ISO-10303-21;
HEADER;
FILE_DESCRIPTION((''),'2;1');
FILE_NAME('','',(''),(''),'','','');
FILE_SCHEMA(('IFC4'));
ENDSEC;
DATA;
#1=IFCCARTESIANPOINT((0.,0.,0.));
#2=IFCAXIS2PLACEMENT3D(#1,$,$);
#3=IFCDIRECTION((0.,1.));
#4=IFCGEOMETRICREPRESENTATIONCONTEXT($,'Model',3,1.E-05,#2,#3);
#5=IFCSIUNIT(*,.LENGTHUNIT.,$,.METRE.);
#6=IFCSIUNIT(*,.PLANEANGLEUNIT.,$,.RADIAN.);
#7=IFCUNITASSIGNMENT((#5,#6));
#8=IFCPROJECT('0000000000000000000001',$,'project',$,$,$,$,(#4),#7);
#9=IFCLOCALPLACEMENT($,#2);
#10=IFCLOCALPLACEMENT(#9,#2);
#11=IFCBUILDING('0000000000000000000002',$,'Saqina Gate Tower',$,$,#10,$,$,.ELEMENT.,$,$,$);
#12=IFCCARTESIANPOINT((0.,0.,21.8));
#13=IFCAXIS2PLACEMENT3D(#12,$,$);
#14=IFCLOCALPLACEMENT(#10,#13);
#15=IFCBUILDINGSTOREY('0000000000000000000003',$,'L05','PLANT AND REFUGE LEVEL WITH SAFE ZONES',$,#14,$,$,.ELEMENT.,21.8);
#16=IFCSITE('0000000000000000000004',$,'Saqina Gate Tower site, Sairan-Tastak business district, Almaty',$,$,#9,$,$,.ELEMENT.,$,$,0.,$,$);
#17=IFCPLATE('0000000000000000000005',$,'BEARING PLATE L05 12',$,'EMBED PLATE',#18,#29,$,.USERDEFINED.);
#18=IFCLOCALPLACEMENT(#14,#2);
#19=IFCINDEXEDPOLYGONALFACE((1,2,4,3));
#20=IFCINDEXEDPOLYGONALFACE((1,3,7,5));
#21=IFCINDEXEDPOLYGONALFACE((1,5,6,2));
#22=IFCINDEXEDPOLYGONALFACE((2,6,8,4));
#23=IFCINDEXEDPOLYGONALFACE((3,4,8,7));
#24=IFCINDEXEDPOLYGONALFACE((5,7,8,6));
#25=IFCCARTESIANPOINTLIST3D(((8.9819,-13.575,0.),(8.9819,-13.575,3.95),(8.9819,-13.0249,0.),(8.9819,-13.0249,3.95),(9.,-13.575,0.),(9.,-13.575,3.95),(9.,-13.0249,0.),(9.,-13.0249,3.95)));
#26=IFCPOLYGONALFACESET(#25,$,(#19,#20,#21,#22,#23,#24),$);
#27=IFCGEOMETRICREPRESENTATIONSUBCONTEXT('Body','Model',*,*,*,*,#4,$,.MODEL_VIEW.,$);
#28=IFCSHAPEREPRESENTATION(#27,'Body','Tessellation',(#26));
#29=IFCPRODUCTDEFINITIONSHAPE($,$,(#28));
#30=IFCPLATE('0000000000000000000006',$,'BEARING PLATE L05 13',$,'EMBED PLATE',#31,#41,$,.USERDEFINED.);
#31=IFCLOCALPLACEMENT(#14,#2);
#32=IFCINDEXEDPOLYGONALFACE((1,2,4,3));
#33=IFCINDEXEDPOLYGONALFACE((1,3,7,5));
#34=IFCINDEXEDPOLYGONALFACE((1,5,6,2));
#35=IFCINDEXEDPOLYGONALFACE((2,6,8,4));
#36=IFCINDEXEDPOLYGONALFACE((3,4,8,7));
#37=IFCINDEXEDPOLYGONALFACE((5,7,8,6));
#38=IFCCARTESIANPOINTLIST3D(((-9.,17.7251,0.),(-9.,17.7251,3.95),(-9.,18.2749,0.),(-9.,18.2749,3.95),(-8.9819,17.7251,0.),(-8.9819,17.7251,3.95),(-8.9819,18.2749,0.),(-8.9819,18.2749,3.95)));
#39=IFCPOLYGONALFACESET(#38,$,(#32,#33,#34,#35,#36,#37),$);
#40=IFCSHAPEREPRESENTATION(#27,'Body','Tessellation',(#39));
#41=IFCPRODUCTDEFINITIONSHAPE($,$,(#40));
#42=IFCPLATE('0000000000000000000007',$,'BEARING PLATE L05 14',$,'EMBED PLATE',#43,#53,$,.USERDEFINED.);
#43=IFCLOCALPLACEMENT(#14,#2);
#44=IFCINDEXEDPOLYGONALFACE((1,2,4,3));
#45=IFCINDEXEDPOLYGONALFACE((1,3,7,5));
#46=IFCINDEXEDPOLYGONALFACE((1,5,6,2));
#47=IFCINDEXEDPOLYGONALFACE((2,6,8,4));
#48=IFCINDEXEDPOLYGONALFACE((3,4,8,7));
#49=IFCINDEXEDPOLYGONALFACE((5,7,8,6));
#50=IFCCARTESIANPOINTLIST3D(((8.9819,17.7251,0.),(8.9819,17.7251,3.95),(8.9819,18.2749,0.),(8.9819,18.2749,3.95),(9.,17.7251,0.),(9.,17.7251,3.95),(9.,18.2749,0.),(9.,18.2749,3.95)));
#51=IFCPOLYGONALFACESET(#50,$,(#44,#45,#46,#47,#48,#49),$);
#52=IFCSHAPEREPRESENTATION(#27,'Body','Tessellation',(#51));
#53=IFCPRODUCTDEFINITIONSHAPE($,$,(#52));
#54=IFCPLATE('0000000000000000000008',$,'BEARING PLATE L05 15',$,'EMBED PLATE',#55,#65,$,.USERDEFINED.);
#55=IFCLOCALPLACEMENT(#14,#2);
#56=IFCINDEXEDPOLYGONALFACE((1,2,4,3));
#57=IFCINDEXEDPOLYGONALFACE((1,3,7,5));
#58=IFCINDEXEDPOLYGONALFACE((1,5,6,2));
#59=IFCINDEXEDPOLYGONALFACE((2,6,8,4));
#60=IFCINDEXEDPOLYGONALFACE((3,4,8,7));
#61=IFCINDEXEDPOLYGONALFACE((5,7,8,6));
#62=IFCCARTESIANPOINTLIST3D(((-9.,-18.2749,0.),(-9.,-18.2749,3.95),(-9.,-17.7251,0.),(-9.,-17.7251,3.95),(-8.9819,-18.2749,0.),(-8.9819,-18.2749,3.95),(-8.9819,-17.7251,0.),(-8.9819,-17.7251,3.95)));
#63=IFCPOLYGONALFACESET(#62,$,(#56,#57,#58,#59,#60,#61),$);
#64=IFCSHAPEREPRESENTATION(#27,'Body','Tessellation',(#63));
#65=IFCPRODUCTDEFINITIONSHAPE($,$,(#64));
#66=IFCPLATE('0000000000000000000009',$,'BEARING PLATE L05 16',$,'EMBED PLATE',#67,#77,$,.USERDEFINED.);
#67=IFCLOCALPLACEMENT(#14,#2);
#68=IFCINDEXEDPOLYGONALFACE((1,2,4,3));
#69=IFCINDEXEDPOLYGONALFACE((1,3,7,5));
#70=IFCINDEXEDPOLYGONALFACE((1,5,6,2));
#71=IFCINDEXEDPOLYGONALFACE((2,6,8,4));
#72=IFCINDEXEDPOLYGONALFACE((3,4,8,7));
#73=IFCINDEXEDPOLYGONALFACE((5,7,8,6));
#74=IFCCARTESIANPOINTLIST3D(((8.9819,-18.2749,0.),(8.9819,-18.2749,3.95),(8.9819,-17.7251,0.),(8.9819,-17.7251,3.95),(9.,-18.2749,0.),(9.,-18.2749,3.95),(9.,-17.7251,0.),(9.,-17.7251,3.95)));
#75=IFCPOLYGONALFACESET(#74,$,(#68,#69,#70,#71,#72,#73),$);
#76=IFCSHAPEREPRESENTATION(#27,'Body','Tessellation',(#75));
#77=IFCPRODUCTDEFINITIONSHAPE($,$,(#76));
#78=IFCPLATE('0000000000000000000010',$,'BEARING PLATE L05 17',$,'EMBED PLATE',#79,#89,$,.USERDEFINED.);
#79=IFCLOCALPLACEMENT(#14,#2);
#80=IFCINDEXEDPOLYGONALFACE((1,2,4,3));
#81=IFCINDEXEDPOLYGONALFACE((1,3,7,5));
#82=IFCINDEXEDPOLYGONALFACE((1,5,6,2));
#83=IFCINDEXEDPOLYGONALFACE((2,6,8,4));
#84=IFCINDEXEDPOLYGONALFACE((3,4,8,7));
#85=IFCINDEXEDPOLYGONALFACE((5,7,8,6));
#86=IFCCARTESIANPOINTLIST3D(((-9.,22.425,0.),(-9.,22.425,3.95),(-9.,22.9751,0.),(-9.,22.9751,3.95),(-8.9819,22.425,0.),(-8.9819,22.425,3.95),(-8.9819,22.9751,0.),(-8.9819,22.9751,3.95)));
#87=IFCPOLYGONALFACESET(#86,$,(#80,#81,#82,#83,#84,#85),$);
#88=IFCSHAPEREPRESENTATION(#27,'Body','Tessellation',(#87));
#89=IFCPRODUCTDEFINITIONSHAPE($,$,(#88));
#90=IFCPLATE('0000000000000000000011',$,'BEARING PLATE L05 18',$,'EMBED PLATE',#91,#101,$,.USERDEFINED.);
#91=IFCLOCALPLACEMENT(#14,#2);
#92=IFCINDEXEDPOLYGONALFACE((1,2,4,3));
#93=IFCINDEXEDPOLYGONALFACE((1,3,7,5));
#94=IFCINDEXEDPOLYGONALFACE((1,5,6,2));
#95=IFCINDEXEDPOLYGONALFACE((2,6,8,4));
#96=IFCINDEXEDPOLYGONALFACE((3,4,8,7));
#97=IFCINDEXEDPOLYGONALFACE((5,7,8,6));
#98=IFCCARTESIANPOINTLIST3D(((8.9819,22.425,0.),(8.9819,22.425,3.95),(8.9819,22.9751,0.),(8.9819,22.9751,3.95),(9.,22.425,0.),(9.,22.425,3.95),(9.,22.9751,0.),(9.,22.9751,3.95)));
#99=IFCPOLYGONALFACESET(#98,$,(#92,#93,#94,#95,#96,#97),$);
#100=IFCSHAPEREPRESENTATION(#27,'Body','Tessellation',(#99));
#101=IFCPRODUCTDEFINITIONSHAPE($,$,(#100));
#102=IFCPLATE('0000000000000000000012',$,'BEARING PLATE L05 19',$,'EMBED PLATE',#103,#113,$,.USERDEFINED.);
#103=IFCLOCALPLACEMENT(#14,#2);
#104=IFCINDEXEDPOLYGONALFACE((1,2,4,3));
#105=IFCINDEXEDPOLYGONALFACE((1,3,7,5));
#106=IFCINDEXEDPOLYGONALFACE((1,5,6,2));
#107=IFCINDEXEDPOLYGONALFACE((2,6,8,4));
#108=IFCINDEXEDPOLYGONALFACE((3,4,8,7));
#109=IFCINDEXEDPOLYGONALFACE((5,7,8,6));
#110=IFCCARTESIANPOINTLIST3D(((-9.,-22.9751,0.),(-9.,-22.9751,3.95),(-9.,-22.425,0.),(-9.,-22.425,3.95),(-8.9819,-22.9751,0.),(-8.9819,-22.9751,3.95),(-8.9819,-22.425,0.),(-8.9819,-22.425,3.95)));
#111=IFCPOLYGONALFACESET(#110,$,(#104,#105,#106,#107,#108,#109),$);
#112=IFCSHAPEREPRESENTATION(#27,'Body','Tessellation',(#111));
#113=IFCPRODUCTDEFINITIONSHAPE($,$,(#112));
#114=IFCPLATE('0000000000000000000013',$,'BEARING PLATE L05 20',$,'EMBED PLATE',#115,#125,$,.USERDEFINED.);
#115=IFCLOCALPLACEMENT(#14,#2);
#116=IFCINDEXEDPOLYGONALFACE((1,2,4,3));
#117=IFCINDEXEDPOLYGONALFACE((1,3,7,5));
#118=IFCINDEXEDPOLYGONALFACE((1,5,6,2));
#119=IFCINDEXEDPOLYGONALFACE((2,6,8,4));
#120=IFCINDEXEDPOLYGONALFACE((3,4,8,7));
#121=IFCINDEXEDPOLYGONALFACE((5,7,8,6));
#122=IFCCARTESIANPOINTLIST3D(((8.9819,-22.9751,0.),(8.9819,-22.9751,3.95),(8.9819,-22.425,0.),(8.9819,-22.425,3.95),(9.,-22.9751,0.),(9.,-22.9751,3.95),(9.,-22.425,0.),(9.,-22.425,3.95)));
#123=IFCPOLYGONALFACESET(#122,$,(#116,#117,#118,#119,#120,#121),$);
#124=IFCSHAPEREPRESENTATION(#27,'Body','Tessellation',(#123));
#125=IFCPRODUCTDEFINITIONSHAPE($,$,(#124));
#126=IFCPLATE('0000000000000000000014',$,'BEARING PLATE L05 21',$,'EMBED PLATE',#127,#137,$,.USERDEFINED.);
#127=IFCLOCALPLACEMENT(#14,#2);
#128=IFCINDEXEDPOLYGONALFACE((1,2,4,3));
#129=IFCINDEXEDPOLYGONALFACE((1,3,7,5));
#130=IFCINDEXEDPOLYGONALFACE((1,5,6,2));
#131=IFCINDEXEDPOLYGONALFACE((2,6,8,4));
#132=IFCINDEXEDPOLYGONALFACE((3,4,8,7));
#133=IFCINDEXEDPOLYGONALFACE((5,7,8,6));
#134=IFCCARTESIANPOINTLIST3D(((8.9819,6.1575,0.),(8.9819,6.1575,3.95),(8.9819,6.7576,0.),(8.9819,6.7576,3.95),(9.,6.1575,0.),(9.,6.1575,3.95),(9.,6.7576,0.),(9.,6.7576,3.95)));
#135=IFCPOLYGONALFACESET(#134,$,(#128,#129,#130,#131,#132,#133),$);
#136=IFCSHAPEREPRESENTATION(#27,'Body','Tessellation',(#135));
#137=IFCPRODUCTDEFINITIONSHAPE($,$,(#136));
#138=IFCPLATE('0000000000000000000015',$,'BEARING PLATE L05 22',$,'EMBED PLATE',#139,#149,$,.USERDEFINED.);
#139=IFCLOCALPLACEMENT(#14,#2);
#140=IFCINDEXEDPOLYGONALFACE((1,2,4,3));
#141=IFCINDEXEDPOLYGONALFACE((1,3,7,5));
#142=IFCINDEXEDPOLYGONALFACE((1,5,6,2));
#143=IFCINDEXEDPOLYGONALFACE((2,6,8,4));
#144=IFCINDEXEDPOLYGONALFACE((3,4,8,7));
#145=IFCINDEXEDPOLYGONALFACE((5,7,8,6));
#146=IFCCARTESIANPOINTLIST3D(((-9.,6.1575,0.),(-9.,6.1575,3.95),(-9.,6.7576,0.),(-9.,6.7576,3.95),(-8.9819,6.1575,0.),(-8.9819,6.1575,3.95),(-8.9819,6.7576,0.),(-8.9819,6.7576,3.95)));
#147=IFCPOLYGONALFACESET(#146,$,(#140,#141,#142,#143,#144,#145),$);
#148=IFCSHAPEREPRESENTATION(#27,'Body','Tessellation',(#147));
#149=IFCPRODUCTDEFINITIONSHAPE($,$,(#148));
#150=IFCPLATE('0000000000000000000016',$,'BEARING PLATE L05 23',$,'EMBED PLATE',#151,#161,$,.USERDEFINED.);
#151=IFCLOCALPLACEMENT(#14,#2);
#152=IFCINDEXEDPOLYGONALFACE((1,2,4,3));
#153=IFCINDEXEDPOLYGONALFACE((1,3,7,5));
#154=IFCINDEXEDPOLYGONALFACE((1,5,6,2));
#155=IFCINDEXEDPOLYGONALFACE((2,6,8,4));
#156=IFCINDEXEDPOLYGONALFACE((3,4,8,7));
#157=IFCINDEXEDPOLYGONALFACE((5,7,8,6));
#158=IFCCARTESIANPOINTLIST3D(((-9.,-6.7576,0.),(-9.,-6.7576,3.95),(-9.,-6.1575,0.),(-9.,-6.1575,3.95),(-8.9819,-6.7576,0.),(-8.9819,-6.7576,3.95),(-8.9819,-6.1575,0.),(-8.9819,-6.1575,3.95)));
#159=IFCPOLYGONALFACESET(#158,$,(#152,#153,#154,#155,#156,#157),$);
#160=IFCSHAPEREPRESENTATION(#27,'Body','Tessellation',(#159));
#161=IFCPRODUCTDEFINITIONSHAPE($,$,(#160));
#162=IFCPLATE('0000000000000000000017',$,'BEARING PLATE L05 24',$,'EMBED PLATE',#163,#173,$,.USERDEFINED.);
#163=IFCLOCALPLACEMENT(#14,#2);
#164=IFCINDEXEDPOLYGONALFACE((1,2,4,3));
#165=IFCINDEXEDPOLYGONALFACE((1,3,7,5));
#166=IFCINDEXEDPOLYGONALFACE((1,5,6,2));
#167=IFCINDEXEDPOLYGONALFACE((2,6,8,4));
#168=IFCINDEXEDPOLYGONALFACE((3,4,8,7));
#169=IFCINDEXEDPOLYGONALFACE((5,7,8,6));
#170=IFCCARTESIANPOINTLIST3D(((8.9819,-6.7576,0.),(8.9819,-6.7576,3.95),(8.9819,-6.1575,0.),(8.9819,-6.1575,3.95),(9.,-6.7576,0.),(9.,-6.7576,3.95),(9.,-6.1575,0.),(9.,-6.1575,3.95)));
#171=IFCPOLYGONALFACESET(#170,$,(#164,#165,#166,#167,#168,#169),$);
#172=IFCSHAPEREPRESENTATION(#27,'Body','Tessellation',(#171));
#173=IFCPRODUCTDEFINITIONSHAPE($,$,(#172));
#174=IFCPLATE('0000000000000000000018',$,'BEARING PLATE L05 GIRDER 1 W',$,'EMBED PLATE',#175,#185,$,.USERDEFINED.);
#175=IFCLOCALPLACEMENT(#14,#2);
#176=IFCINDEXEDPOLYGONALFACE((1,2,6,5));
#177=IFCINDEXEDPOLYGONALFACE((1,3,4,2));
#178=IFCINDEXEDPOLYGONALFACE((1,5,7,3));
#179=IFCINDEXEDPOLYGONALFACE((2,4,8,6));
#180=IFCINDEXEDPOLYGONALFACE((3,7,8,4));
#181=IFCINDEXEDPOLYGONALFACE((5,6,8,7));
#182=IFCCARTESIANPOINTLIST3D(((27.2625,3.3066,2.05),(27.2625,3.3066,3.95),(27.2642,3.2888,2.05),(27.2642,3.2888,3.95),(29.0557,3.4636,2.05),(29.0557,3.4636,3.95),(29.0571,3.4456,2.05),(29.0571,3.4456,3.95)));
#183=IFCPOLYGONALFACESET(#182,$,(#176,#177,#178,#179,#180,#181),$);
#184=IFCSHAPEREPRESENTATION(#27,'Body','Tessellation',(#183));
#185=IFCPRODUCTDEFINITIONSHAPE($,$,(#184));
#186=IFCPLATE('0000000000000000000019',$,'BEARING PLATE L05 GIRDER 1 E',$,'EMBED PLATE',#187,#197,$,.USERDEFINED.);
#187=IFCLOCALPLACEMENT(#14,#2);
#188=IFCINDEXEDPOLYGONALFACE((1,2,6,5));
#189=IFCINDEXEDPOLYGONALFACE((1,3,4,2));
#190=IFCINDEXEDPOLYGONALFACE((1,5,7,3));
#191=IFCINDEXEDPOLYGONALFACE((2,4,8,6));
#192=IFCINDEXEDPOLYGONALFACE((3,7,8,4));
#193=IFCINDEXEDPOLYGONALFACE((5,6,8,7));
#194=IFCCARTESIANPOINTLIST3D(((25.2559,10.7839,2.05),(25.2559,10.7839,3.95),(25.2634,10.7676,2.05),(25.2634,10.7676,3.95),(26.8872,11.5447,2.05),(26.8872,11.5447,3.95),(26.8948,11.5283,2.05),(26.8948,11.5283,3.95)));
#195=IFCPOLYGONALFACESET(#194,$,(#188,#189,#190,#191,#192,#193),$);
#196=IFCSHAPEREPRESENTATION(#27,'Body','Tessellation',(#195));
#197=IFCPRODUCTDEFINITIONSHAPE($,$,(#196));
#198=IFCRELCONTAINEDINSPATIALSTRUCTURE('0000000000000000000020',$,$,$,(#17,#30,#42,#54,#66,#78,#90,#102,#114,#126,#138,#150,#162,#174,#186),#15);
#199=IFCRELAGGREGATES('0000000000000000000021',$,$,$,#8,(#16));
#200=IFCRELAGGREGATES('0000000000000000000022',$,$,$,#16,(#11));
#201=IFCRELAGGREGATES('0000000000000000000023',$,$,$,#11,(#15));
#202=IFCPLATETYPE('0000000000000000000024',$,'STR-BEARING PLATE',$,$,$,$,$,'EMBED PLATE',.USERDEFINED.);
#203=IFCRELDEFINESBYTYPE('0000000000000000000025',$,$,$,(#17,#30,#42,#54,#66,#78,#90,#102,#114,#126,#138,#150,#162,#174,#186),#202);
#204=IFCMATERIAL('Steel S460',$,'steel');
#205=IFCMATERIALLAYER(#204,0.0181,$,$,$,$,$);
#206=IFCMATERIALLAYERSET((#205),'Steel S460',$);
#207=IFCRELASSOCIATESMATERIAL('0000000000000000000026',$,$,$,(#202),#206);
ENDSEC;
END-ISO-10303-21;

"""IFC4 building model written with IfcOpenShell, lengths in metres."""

from ifc_helpers import new_model, si_unit, direction, frame, origin, place, context, subcontext, project, spatial, polyline, outline, extrude, material, layer, layer_set, type_object, element, save


model = new_model("IFC4")

# Units and contexts
model_context = context("Model", 3, precision=1e-05, world=origin(), true_north=direction((0.0, 1.0)))
body_context = subcontext(model_context, "Body", "Model", "MODEL_VIEW")
ifc_project = project(units=[si_unit("LENGTHUNIT", "METRE"), si_unit("PLANEANGLEUNIT", "RADIAN")], contexts=[model_context])

# Site, building, storey
site_placement = place(None, origin())
site = spatial("IfcSite", under=ifc_project, at=site_placement, Name="Saqina Gate Tower site, Sairan-Tastak business district, Almaty", CompositionType="ELEMENT", RefElevation=0.0)
building_placement = place(site_placement, origin())
building = spatial("IfcBuilding", under=site, at=building_placement, Name="Saqina Gate Tower", CompositionType="ELEMENT")
storey_placement = place(building_placement, frame((0.0, 0.0, 21.8)))
storey = spatial("IfcBuildingStorey", under=building, at=storey_placement, Name="L05", Description="PLANT AND REFUGE LEVEL WITH SAFE ZONES", CompositionType="ELEMENT", Elevation=21.8)

# Plates
ifc_material_1 = material(Name="Steel S460", Category="steel")
ifc_layer_1 = layer(ifc_material_1, 0.0181)
ifc_layer_set_1 = layer_set([ifc_layer_1], Name="Steel S460")
plate_type = type_object("IfcPlateType", Name="STR-BEARING PLATE", ElementType="EMBED PLATE", PredefinedType="USERDEFINED", material=ifc_layer_set_1)
plate_1_placement = place(storey_placement, origin())
element("IfcPlate", 1, at=plate_1_placement, inside=storey, type_object=plate_type, Name="BEARING PLATE L05 12", ObjectType="EMBED PLATE", PredefinedType="USERDEFINED", context=body_context, shape_type="SweptSolid", body=[
    extrude(outline(polyline([(9.0, -13.575), (9.0, -13.0249), (8.9819, -13.0249), (8.9819, -13.575), (9.0, -13.575)])), origin(), (0.0, 0.0, 1.0), 3.95),
])
plate_2_placement = place(storey_placement, origin())
element("IfcPlate", 2, at=plate_2_placement, inside=storey, type_object=plate_type, Name="BEARING PLATE L05 13", ObjectType="EMBED PLATE", PredefinedType="USERDEFINED", context=body_context, shape_type="SweptSolid", body=[
    extrude(outline(polyline([(-8.9819, 17.7251), (-8.9819, 18.2749), (-9.0, 18.2749), (-9.0, 17.7251), (-8.9819, 17.7251)])), origin(), (0.0, 0.0, 1.0), 3.95),
])
plate_3_placement = place(storey_placement, origin())
element("IfcPlate", 3, at=plate_3_placement, inside=storey, type_object=plate_type, Name="BEARING PLATE L05 14", ObjectType="EMBED PLATE", PredefinedType="USERDEFINED", context=body_context, shape_type="SweptSolid", body=[
    extrude(outline(polyline([(9.0, 17.7251), (9.0, 18.2749), (8.9819, 18.2749), (8.9819, 17.7251), (9.0, 17.7251)])), origin(), (0.0, 0.0, 1.0), 3.95),
])
plate_4_placement = place(storey_placement, origin())
element("IfcPlate", 4, at=plate_4_placement, inside=storey, type_object=plate_type, Name="BEARING PLATE L05 15", ObjectType="EMBED PLATE", PredefinedType="USERDEFINED", context=body_context, shape_type="SweptSolid", body=[
    extrude(outline(polyline([(-8.9819, -18.2749), (-8.9819, -17.7251), (-9.0, -17.7251), (-9.0, -18.2749), (-8.9819, -18.2749)])), origin(), (0.0, 0.0, 1.0), 3.95),
])
plate_5_placement = place(storey_placement, origin())
element("IfcPlate", 5, at=plate_5_placement, inside=storey, type_object=plate_type, Name="BEARING PLATE L05 16", ObjectType="EMBED PLATE", PredefinedType="USERDEFINED", context=body_context, shape_type="SweptSolid", body=[
    extrude(outline(polyline([(9.0, -18.2749), (9.0, -17.7251), (8.9819, -17.7251), (8.9819, -18.2749), (9.0, -18.2749)])), origin(), (0.0, 0.0, 1.0), 3.95),
])
plate_6_placement = place(storey_placement, origin())
element("IfcPlate", 6, at=plate_6_placement, inside=storey, type_object=plate_type, Name="BEARING PLATE L05 17", ObjectType="EMBED PLATE", PredefinedType="USERDEFINED", context=body_context, shape_type="SweptSolid", body=[
    extrude(outline(polyline([(-8.9819, 22.425), (-8.9819, 22.9751), (-9.0, 22.9751), (-9.0, 22.425), (-8.9819, 22.425)])), origin(), (0.0, 0.0, 1.0), 3.95),
])
plate_7_placement = place(storey_placement, origin())
element("IfcPlate", 7, at=plate_7_placement, inside=storey, type_object=plate_type, Name="BEARING PLATE L05 18", ObjectType="EMBED PLATE", PredefinedType="USERDEFINED", context=body_context, shape_type="SweptSolid", body=[
    extrude(outline(polyline([(9.0, 22.425), (9.0, 22.9751), (8.9819, 22.9751), (8.9819, 22.425), (9.0, 22.425)])), origin(), (0.0, 0.0, 1.0), 3.95),
])
plate_8_placement = place(storey_placement, origin())
element("IfcPlate", 8, at=plate_8_placement, inside=storey, type_object=plate_type, Name="BEARING PLATE L05 19", ObjectType="EMBED PLATE", PredefinedType="USERDEFINED", context=body_context, shape_type="SweptSolid", body=[
    extrude(outline(polyline([(-8.9819, -22.9751), (-8.9819, -22.425), (-9.0, -22.425), (-9.0, -22.9751), (-8.9819, -22.9751)])), origin(), (0.0, 0.0, 1.0), 3.95),
])
plate_9_placement = place(storey_placement, origin())
element("IfcPlate", 9, at=plate_9_placement, inside=storey, type_object=plate_type, Name="BEARING PLATE L05 20", ObjectType="EMBED PLATE", PredefinedType="USERDEFINED", context=body_context, shape_type="SweptSolid", body=[
    extrude(outline(polyline([(9.0, -22.9751), (9.0, -22.425), (8.9819, -22.425), (8.9819, -22.9751), (9.0, -22.9751)])), origin(), (0.0, 0.0, 1.0), 3.95),
])
plate_10_placement = place(storey_placement, origin())
element("IfcPlate", 10, at=plate_10_placement, inside=storey, type_object=plate_type, Name="BEARING PLATE L05 21", ObjectType="EMBED PLATE", PredefinedType="USERDEFINED", context=body_context, shape_type="SweptSolid", body=[
    extrude(outline(polyline([(9.0, 6.1575), (9.0, 6.7576), (8.9819, 6.7576), (8.9819, 6.1575), (9.0, 6.1575)])), origin(), (0.0, 0.0, 1.0), 3.95),
])
plate_11_placement = place(storey_placement, origin())
element("IfcPlate", 11, at=plate_11_placement, inside=storey, type_object=plate_type, Name="BEARING PLATE L05 22", ObjectType="EMBED PLATE", PredefinedType="USERDEFINED", context=body_context, shape_type="SweptSolid", body=[
    extrude(outline(polyline([(-8.9819, 6.1575), (-8.9819, 6.7576), (-9.0, 6.7576), (-9.0, 6.1575), (-8.9819, 6.1575)])), origin(), (0.0, 0.0, 1.0), 3.95),
])
plate_12_placement = place(storey_placement, origin())
element("IfcPlate", 12, at=plate_12_placement, inside=storey, type_object=plate_type, Name="BEARING PLATE L05 23", ObjectType="EMBED PLATE", PredefinedType="USERDEFINED", context=body_context, shape_type="SweptSolid", body=[
    extrude(outline(polyline([(-8.9819, -6.7576), (-8.9819, -6.1575), (-9.0, -6.1575), (-9.0, -6.7576), (-8.9819, -6.7576)])), origin(), (0.0, 0.0, 1.0), 3.95),
])
plate_13_placement = place(storey_placement, origin())
element("IfcPlate", 13, at=plate_13_placement, inside=storey, type_object=plate_type, Name="BEARING PLATE L05 24", ObjectType="EMBED PLATE", PredefinedType="USERDEFINED", context=body_context, shape_type="SweptSolid", body=[
    extrude(outline(polyline([(9.0, -6.7576), (9.0, -6.1575), (8.9819, -6.1575), (8.9819, -6.7576), (9.0, -6.7576)])), origin(), (0.0, 0.0, 1.0), 3.95),
])
plate_14_placement = place(storey_placement, frame((0.0, 0.0, 2.05)))
element("IfcPlate", 14, at=plate_14_placement, inside=storey, type_object=plate_type, Name="BEARING PLATE L05 GIRDER 1 W", ObjectType="EMBED PLATE", PredefinedType="USERDEFINED", context=body_context, shape_type="SweptSolid", body=[
    extrude(outline(polyline([(29.0557, 3.4636), (27.2625, 3.3066), (27.2642, 3.2888), (29.0571, 3.4456), (29.0557, 3.4636)])), origin(), (0.0, 0.0, 1.0), 1.8999),
])
plate_15_placement = place(storey_placement, frame((0.0, 0.0, 2.05)))
element("IfcPlate", 15, at=plate_15_placement, inside=storey, type_object=plate_type, Name="BEARING PLATE L05 GIRDER 1 E", ObjectType="EMBED PLATE", PredefinedType="USERDEFINED", context=body_context, shape_type="SweptSolid", body=[
    extrude(outline(polyline([(25.2634, 10.7676), (26.8948, 11.5283), (26.8872, 11.5447), (25.2559, 10.7839), (25.2634, 10.7676)])), origin(), (0.0, 0.0, 1.0), 1.8999),
])

save(model, "model.ifc")
